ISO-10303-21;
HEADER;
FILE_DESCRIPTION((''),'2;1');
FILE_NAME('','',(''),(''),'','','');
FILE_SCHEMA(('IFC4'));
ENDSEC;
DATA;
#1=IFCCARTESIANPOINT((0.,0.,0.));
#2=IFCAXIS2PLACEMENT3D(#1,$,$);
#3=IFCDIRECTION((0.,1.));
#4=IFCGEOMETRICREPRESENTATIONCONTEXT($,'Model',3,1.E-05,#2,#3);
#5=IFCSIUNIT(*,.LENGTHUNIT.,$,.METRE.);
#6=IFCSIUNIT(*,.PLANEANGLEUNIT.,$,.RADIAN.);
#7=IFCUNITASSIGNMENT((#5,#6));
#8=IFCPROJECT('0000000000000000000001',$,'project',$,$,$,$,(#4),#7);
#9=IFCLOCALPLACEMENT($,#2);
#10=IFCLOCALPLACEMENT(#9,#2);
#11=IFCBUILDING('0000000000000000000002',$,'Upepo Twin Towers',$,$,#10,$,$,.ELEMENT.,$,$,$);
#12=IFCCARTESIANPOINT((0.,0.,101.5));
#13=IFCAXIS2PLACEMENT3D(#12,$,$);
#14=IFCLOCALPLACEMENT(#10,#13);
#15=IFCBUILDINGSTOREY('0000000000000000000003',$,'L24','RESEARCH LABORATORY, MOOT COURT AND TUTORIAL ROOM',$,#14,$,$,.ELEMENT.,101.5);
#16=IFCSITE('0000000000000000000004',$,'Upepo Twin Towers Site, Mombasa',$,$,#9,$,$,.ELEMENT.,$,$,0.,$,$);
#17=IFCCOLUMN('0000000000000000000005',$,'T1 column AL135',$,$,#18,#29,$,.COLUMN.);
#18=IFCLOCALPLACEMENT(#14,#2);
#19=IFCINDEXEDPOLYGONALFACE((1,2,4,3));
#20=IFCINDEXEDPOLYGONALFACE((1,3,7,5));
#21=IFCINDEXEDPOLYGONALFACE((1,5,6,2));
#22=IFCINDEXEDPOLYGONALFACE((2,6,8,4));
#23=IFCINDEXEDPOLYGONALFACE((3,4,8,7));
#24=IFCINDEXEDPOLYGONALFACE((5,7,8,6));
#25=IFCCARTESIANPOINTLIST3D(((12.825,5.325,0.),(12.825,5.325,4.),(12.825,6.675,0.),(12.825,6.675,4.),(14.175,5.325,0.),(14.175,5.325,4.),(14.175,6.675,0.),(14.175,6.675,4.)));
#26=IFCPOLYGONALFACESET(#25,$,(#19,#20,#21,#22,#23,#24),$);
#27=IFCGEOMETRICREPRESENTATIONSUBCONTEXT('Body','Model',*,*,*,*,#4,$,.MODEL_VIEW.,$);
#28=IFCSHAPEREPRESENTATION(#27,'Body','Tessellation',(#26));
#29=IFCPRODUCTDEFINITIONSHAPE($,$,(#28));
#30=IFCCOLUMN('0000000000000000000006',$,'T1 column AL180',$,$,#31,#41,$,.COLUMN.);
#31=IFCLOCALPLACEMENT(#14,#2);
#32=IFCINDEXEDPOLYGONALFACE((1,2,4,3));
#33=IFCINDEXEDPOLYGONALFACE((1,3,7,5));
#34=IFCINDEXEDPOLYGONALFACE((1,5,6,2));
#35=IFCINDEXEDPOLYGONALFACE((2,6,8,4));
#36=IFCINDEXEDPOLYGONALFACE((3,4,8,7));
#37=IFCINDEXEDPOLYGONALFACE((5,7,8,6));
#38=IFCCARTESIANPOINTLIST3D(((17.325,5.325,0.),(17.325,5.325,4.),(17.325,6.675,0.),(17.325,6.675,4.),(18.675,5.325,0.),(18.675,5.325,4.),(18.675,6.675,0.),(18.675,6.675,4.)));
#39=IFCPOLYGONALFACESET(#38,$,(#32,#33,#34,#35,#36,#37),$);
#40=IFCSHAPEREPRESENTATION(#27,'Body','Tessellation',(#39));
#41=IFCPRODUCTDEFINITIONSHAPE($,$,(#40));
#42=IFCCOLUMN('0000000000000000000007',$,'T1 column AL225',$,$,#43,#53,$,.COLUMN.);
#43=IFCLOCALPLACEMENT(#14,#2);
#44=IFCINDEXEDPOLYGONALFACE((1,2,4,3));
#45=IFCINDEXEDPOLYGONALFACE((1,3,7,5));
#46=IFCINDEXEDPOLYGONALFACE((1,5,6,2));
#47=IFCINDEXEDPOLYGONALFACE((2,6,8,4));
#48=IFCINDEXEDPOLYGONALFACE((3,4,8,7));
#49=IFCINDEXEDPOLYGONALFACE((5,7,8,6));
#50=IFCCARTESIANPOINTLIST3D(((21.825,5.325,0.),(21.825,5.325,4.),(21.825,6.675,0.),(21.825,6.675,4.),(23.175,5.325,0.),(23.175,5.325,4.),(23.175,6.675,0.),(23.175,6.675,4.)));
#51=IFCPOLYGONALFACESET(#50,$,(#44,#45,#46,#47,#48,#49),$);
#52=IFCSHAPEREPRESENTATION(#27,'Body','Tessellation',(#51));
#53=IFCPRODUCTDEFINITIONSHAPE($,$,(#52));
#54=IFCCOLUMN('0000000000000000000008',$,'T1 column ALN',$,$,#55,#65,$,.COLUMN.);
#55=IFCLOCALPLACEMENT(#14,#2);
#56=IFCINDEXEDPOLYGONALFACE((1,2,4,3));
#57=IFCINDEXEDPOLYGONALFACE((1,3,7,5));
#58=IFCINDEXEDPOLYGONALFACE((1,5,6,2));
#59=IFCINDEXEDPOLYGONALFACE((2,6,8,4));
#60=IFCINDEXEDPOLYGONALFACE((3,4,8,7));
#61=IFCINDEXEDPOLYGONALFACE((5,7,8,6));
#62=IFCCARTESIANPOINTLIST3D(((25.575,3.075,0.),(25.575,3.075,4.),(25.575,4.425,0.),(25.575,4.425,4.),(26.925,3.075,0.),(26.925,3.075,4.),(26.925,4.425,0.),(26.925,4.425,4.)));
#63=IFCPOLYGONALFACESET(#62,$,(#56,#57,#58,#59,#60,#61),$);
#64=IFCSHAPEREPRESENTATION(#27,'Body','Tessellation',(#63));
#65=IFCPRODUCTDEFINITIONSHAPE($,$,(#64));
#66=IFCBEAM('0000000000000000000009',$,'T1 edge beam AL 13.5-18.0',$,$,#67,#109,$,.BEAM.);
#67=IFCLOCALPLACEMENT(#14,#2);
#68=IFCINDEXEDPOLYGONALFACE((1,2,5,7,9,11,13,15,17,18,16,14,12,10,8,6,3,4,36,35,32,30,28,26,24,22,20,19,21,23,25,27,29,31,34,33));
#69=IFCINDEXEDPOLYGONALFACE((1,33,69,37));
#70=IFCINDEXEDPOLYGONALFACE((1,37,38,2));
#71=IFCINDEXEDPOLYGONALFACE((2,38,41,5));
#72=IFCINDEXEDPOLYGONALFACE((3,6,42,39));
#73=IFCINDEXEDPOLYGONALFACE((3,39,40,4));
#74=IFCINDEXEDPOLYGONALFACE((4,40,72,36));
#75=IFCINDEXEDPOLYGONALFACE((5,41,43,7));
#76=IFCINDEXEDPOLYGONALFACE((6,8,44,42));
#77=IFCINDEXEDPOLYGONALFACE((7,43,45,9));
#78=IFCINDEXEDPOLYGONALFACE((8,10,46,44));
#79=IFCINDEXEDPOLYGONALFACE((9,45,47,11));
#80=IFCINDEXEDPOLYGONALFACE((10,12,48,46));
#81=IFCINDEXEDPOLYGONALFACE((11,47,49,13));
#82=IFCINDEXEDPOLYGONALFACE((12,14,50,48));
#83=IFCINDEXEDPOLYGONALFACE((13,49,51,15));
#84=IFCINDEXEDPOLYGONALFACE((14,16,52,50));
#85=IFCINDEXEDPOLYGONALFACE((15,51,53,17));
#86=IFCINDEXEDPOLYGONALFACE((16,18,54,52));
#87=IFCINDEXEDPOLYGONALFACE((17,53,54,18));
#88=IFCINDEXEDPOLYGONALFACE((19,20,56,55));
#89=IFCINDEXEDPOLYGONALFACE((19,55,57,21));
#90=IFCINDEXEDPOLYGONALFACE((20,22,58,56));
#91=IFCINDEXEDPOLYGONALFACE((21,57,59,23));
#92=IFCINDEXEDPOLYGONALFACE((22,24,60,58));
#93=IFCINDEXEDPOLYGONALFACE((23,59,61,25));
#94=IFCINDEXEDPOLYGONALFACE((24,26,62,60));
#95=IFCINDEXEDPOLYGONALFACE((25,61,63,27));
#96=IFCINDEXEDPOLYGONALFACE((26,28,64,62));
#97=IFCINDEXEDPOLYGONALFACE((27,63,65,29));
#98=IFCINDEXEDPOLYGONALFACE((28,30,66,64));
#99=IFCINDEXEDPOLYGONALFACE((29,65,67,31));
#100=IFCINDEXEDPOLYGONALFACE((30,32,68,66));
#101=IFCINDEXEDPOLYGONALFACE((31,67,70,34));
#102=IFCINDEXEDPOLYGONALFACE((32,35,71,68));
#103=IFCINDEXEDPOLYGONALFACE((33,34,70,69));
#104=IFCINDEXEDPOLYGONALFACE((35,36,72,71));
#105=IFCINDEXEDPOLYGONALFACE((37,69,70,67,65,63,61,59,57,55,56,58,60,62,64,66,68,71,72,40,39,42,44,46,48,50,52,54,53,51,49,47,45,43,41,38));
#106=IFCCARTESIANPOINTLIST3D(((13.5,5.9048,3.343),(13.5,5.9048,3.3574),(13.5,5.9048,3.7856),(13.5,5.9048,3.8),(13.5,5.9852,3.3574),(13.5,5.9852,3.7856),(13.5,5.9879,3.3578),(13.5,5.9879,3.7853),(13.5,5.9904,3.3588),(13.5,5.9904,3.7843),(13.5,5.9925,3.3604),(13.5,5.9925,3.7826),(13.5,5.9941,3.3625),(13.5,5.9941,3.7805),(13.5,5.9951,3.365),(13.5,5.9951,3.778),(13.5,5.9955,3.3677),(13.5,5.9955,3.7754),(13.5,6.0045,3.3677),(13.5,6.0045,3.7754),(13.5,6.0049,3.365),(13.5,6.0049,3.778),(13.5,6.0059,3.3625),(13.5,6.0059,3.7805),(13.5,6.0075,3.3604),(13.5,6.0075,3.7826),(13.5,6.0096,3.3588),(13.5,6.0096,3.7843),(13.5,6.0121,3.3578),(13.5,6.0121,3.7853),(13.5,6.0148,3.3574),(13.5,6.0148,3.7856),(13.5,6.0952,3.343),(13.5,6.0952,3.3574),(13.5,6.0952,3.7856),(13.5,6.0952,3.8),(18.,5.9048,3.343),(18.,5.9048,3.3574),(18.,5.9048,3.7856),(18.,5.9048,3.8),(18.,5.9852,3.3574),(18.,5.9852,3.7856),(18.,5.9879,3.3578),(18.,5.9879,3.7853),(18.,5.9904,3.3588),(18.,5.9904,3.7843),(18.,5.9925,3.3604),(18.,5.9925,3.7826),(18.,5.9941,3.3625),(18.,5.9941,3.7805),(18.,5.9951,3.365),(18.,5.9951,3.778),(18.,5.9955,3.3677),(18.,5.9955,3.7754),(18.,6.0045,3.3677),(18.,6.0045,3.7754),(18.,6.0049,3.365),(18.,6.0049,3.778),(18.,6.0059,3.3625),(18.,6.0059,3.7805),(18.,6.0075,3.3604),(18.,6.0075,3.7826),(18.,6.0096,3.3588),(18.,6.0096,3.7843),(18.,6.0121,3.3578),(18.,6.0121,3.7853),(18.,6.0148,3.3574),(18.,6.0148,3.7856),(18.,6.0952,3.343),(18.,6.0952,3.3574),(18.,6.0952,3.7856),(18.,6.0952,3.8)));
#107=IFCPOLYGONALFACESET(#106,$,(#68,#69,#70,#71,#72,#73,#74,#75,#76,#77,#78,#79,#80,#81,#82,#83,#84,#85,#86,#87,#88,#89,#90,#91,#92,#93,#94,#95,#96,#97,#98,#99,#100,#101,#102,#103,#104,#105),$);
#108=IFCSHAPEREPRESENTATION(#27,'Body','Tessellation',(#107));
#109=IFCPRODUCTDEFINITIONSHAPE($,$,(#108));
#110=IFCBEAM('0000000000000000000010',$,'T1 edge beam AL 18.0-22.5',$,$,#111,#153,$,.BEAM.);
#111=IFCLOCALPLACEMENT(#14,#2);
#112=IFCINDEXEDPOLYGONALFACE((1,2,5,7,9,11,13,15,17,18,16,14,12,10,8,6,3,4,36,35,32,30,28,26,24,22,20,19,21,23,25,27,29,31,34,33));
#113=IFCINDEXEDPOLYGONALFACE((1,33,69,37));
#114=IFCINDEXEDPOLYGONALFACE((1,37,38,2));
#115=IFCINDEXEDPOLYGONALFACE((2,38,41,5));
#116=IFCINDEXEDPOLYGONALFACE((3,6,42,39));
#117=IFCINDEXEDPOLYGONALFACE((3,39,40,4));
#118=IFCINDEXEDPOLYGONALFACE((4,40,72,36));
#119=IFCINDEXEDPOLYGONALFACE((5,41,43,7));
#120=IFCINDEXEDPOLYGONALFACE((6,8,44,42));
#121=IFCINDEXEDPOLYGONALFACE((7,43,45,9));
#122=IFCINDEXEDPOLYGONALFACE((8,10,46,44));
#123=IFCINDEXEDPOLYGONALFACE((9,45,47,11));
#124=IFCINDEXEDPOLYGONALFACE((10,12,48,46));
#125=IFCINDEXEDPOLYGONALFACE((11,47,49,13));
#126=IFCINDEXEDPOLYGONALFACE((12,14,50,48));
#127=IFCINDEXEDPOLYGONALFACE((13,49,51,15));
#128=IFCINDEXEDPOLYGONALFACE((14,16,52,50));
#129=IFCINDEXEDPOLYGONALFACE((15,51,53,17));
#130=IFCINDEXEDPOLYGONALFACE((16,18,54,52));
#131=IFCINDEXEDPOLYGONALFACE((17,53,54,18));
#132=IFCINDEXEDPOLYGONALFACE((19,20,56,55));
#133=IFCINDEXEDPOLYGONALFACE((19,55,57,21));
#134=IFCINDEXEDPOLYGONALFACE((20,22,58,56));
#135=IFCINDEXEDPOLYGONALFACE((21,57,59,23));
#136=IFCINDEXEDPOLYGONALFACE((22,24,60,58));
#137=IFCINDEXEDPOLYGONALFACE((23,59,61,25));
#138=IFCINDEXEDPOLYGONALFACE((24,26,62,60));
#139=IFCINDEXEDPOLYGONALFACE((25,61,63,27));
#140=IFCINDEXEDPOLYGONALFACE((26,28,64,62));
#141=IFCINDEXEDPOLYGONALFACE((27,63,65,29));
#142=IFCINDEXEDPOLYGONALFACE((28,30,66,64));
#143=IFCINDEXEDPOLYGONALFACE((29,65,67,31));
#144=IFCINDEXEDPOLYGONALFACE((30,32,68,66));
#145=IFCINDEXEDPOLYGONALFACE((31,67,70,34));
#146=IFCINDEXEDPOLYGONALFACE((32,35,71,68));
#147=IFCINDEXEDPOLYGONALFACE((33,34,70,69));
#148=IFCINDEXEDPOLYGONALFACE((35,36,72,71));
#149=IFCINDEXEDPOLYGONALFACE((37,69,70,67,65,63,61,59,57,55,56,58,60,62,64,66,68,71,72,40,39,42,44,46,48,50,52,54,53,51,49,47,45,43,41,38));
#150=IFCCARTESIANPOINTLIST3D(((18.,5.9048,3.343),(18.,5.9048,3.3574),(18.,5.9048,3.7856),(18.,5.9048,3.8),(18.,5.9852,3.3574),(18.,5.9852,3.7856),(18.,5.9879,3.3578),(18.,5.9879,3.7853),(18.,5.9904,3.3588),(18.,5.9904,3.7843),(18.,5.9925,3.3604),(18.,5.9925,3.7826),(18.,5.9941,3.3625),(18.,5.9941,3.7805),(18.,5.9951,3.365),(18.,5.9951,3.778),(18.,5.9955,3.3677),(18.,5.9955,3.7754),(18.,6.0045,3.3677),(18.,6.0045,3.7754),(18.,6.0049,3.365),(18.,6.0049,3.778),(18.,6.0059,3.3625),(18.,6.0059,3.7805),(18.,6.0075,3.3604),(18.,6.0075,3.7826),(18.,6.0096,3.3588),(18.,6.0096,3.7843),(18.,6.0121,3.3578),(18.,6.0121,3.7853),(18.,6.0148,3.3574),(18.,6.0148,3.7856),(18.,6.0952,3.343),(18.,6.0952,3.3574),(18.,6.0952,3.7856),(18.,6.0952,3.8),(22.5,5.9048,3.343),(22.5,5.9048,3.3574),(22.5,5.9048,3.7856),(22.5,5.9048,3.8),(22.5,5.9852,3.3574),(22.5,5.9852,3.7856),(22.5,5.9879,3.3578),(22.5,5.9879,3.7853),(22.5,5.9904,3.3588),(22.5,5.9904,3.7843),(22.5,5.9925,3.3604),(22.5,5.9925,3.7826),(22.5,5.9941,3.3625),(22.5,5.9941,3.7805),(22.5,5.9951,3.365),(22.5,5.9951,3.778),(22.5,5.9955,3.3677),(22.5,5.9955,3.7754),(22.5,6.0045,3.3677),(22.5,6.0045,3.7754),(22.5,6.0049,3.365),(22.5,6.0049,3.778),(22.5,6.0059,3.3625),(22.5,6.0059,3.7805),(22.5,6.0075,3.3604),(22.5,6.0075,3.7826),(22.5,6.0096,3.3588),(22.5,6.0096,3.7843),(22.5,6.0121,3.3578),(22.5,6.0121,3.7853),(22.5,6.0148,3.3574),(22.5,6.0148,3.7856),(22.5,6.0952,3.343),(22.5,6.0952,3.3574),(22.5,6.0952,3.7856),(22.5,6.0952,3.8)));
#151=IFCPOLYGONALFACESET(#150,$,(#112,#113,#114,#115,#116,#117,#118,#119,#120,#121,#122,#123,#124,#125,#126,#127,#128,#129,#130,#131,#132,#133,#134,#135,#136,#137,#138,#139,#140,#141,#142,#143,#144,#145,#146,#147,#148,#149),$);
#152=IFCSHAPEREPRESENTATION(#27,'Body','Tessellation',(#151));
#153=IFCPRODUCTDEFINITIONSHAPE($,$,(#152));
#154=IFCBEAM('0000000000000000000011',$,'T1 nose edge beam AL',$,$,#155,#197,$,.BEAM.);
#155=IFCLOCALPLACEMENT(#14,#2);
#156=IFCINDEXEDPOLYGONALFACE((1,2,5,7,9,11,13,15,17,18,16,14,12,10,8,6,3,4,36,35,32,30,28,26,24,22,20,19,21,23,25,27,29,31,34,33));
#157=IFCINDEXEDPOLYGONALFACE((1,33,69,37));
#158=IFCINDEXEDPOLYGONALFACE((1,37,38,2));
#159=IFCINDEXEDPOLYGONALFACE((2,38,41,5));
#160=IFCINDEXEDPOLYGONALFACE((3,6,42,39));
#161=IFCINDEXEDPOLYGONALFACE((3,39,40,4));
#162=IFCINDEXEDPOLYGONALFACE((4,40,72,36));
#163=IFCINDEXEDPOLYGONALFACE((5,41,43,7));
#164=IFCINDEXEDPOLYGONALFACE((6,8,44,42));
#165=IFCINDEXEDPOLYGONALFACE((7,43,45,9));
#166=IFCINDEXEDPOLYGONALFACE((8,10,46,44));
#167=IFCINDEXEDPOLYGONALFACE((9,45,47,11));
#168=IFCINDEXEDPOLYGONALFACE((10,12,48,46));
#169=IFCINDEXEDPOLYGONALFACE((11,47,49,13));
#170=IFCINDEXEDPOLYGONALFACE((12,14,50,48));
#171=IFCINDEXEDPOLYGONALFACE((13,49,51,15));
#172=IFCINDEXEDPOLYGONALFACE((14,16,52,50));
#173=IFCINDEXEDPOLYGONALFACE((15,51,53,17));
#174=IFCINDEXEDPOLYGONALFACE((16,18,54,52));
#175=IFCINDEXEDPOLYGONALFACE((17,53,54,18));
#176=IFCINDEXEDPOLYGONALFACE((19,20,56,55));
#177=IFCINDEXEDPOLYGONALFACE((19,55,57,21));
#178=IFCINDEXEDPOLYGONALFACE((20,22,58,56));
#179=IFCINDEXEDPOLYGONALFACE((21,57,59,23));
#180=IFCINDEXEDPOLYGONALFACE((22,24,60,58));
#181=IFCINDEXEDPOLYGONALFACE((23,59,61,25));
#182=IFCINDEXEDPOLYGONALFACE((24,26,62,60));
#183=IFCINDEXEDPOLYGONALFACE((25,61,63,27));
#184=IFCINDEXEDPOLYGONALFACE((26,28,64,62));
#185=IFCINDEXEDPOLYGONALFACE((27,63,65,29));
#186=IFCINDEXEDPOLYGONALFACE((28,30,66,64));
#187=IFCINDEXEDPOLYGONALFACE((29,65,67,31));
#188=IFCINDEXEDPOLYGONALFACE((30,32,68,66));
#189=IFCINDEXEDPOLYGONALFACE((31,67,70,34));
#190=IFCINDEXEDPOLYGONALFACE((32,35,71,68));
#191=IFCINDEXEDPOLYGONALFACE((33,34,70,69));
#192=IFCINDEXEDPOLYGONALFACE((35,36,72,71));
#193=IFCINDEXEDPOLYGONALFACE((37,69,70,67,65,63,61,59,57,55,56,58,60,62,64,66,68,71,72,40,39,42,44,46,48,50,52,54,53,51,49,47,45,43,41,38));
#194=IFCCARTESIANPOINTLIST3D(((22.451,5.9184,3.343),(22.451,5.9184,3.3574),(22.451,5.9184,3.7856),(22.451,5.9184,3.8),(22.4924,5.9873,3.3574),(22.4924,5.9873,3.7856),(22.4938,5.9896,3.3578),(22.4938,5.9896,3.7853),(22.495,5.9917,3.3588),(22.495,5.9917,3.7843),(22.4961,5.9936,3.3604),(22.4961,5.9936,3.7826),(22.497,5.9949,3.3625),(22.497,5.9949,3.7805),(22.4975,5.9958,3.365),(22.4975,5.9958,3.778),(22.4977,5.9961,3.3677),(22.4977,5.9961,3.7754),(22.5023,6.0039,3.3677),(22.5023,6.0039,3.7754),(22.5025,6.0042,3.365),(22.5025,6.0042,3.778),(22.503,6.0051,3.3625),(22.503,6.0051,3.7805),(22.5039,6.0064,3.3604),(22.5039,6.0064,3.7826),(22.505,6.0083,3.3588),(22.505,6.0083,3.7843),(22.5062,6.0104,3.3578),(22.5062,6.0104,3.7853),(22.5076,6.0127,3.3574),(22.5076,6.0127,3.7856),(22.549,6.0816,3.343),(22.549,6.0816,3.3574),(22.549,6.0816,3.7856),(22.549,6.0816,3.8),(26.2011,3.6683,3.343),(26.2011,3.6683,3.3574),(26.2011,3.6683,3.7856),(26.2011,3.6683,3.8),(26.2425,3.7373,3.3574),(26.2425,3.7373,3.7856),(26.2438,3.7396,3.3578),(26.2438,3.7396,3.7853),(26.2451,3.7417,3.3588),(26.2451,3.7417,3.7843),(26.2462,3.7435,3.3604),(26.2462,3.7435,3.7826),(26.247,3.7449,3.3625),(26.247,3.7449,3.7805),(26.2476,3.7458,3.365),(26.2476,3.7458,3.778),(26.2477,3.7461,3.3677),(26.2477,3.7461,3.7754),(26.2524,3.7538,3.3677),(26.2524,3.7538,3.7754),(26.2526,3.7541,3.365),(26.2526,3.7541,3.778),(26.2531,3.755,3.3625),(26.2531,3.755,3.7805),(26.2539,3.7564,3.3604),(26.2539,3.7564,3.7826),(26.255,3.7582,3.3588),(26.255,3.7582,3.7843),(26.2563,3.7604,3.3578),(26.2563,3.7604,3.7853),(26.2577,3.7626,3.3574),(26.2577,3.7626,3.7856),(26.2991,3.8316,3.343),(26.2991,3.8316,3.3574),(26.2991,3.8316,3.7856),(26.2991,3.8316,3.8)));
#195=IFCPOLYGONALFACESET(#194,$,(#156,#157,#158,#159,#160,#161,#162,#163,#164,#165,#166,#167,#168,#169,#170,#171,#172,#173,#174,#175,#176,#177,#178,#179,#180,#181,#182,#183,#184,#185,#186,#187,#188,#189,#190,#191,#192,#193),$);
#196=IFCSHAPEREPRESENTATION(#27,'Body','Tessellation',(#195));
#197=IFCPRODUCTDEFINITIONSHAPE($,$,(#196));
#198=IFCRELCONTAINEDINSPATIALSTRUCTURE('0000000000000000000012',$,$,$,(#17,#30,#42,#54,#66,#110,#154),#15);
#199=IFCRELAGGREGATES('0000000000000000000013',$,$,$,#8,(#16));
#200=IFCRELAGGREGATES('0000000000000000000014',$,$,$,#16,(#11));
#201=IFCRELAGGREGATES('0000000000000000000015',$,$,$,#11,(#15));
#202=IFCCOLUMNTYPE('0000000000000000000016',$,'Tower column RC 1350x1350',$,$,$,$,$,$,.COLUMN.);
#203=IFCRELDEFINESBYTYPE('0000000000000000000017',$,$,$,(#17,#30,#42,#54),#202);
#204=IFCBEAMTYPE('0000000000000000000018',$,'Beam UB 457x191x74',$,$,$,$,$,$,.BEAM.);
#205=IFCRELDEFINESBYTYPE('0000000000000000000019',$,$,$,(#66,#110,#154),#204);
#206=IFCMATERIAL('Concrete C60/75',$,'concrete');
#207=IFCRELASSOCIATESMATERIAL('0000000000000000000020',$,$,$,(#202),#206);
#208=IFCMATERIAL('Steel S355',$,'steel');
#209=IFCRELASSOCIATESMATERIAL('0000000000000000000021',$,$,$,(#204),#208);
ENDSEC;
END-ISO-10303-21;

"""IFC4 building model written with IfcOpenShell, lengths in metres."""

from ifc_helpers import new_model, si_unit, direction, frame, origin, origin_2d, place, context, subcontext, project, spatial, rectangle, i_section, extrude, material, material_profile, profile_set, type_object, element, save


model = new_model("IFC4")

# Units and contexts
model_context = context("Model", 3, precision=1e-05, world=origin(), true_north=direction((0.0, 1.0)))
body_context = subcontext(model_context, "Body", "Model", "MODEL_VIEW")
ifc_project = project(units=[si_unit("LENGTHUNIT", "METRE"), si_unit("PLANEANGLEUNIT", "RADIAN")], contexts=[model_context])

# Site, building, storey
site_placement = place(None, origin())
site = spatial("IfcSite", under=ifc_project, at=site_placement, Name="Upepo Twin Towers Site, Mombasa", CompositionType="ELEMENT", RefElevation=0.0)
building_placement = place(site_placement, origin())
building = spatial("IfcBuilding", under=site, at=building_placement, Name="Upepo Twin Towers", CompositionType="ELEMENT")
storey_placement = place(building_placement, frame((0.0, 0.0, 101.5)))
storey = spatial("IfcBuildingStorey", under=building, at=storey_placement, Name="L24", Description="RESEARCH LABORATORY, MOOT COURT AND TUTORIAL ROOM", CompositionType="ELEMENT", Elevation=101.5)

# Columns
ifc_material_1 = material(Name="Concrete C60/75", Category="concrete")
ifc_material_profile_1 = material_profile(ifc_material_1, rectangle(XDim=1.3501, YDim=1.3501, at=origin_2d()), Name="RC 1350x1350")
ifc_profile_set_1 = profile_set([ifc_material_profile_1], Name="Concrete C60/75")
column_type = type_object("IfcColumnType", Name="Tower column RC 1350x1350", PredefinedType="COLUMN", material=ifc_profile_set_1)
for number, where, z_axis, x_axis, name in (
    (1, (13.5, 6.0, 0.0), (0.0, 0.0, 1.0), (1.0, 0.0, 0.0), "T1 column AL135"),
    (2, (18.0, 6.0, 0.0), (0.0, 0.0, 1.0), (1.0, 0.0, 0.0), "T1 column AL180"),
    (3, (22.5, 6.0, 0.0), (0.0, 0.0, 1.0), (1.0, 0.0, 0.0), "T1 column AL225"),
    (4, (26.25, 3.75, 0.0), (0.0, 0.0, 1.0), (1.0, 0.0, 0.0), "T1 column ALN"),
):
    element("IfcColumn", number, at=place(storey_placement, frame(where, z_axis=z_axis, x_axis=x_axis)), inside=storey, type_object=column_type, Name=name, PredefinedType="COLUMN", context=body_context, shape_type="SweptSolid", body=[
        extrude(rectangle(XDim=1.3501, YDim=1.3501, at=origin_2d()), origin(), (0.0, 0.0, 1.0), 4.0),
    ])

# Beams
ifc_material_2 = material(Name="Steel S355", Category="steel")
ifc_material_profile_2 = material_profile(ifc_material_2, i_section(OverallWidth=0.1904, OverallDepth=0.457, WebThickness=0.009, FlangeThickness=0.0144, FilletRadius=0.0103, at=origin_2d()), Name="UB 457x191x74")
ifc_profile_set_2 = profile_set([ifc_material_profile_2], Name="Steel S355")
beam_type_1 = type_object("IfcBeamType", Name="Beam UB 457x191x74", PredefinedType="BEAM", material=ifc_profile_set_2)
for number, where, z_axis, x_axis, name in (
    (5, (13.5, 6.0, 3.5715), (1.0, 0.0, 0.0), (0.0, 1.0, 0.0), "T1 edge beam AL 13.5-18.0"),
    (6, (18.0, 6.0, 3.5715), (1.0, 0.0, 0.0), (0.0, 1.0, 0.0), "T1 edge beam AL 18.0-22.5"),
):
    element("IfcBeam", number, at=place(storey_placement, frame(where, z_axis=z_axis, x_axis=x_axis)), inside=storey, type_object=beam_type_1, Name=name, PredefinedType="BEAM", context=body_context, shape_type="SweptSolid", body=[
        extrude(i_section(OverallWidth=0.1904, OverallDepth=0.457, WebThickness=0.009, FlangeThickness=0.0144, FilletRadius=0.0103, at=origin_2d()), origin(), (0.0, 0.0, 1.0), 4.5),
    ])
beam_1_placement = place(storey_placement, frame((22.5, 6.0, 3.5715), z_axis=(0.857493, -0.514496, 0.0), x_axis=(0.514496, 0.857493, 0.0)))
element("IfcBeam", 7, at=beam_1_placement, inside=storey, type_object=beam_type_1, Name="T1 nose edge beam AL", PredefinedType="BEAM", context=body_context, shape_type="SweptSolid", body=[
    extrude(i_section(OverallWidth=0.1904, OverallDepth=0.457, WebThickness=0.009, FlangeThickness=0.0144, FilletRadius=0.0103, at=origin_2d()), origin(), (0.0, 0.0, 1.0), 4.3733),
])

save(model, "model.ifc")
